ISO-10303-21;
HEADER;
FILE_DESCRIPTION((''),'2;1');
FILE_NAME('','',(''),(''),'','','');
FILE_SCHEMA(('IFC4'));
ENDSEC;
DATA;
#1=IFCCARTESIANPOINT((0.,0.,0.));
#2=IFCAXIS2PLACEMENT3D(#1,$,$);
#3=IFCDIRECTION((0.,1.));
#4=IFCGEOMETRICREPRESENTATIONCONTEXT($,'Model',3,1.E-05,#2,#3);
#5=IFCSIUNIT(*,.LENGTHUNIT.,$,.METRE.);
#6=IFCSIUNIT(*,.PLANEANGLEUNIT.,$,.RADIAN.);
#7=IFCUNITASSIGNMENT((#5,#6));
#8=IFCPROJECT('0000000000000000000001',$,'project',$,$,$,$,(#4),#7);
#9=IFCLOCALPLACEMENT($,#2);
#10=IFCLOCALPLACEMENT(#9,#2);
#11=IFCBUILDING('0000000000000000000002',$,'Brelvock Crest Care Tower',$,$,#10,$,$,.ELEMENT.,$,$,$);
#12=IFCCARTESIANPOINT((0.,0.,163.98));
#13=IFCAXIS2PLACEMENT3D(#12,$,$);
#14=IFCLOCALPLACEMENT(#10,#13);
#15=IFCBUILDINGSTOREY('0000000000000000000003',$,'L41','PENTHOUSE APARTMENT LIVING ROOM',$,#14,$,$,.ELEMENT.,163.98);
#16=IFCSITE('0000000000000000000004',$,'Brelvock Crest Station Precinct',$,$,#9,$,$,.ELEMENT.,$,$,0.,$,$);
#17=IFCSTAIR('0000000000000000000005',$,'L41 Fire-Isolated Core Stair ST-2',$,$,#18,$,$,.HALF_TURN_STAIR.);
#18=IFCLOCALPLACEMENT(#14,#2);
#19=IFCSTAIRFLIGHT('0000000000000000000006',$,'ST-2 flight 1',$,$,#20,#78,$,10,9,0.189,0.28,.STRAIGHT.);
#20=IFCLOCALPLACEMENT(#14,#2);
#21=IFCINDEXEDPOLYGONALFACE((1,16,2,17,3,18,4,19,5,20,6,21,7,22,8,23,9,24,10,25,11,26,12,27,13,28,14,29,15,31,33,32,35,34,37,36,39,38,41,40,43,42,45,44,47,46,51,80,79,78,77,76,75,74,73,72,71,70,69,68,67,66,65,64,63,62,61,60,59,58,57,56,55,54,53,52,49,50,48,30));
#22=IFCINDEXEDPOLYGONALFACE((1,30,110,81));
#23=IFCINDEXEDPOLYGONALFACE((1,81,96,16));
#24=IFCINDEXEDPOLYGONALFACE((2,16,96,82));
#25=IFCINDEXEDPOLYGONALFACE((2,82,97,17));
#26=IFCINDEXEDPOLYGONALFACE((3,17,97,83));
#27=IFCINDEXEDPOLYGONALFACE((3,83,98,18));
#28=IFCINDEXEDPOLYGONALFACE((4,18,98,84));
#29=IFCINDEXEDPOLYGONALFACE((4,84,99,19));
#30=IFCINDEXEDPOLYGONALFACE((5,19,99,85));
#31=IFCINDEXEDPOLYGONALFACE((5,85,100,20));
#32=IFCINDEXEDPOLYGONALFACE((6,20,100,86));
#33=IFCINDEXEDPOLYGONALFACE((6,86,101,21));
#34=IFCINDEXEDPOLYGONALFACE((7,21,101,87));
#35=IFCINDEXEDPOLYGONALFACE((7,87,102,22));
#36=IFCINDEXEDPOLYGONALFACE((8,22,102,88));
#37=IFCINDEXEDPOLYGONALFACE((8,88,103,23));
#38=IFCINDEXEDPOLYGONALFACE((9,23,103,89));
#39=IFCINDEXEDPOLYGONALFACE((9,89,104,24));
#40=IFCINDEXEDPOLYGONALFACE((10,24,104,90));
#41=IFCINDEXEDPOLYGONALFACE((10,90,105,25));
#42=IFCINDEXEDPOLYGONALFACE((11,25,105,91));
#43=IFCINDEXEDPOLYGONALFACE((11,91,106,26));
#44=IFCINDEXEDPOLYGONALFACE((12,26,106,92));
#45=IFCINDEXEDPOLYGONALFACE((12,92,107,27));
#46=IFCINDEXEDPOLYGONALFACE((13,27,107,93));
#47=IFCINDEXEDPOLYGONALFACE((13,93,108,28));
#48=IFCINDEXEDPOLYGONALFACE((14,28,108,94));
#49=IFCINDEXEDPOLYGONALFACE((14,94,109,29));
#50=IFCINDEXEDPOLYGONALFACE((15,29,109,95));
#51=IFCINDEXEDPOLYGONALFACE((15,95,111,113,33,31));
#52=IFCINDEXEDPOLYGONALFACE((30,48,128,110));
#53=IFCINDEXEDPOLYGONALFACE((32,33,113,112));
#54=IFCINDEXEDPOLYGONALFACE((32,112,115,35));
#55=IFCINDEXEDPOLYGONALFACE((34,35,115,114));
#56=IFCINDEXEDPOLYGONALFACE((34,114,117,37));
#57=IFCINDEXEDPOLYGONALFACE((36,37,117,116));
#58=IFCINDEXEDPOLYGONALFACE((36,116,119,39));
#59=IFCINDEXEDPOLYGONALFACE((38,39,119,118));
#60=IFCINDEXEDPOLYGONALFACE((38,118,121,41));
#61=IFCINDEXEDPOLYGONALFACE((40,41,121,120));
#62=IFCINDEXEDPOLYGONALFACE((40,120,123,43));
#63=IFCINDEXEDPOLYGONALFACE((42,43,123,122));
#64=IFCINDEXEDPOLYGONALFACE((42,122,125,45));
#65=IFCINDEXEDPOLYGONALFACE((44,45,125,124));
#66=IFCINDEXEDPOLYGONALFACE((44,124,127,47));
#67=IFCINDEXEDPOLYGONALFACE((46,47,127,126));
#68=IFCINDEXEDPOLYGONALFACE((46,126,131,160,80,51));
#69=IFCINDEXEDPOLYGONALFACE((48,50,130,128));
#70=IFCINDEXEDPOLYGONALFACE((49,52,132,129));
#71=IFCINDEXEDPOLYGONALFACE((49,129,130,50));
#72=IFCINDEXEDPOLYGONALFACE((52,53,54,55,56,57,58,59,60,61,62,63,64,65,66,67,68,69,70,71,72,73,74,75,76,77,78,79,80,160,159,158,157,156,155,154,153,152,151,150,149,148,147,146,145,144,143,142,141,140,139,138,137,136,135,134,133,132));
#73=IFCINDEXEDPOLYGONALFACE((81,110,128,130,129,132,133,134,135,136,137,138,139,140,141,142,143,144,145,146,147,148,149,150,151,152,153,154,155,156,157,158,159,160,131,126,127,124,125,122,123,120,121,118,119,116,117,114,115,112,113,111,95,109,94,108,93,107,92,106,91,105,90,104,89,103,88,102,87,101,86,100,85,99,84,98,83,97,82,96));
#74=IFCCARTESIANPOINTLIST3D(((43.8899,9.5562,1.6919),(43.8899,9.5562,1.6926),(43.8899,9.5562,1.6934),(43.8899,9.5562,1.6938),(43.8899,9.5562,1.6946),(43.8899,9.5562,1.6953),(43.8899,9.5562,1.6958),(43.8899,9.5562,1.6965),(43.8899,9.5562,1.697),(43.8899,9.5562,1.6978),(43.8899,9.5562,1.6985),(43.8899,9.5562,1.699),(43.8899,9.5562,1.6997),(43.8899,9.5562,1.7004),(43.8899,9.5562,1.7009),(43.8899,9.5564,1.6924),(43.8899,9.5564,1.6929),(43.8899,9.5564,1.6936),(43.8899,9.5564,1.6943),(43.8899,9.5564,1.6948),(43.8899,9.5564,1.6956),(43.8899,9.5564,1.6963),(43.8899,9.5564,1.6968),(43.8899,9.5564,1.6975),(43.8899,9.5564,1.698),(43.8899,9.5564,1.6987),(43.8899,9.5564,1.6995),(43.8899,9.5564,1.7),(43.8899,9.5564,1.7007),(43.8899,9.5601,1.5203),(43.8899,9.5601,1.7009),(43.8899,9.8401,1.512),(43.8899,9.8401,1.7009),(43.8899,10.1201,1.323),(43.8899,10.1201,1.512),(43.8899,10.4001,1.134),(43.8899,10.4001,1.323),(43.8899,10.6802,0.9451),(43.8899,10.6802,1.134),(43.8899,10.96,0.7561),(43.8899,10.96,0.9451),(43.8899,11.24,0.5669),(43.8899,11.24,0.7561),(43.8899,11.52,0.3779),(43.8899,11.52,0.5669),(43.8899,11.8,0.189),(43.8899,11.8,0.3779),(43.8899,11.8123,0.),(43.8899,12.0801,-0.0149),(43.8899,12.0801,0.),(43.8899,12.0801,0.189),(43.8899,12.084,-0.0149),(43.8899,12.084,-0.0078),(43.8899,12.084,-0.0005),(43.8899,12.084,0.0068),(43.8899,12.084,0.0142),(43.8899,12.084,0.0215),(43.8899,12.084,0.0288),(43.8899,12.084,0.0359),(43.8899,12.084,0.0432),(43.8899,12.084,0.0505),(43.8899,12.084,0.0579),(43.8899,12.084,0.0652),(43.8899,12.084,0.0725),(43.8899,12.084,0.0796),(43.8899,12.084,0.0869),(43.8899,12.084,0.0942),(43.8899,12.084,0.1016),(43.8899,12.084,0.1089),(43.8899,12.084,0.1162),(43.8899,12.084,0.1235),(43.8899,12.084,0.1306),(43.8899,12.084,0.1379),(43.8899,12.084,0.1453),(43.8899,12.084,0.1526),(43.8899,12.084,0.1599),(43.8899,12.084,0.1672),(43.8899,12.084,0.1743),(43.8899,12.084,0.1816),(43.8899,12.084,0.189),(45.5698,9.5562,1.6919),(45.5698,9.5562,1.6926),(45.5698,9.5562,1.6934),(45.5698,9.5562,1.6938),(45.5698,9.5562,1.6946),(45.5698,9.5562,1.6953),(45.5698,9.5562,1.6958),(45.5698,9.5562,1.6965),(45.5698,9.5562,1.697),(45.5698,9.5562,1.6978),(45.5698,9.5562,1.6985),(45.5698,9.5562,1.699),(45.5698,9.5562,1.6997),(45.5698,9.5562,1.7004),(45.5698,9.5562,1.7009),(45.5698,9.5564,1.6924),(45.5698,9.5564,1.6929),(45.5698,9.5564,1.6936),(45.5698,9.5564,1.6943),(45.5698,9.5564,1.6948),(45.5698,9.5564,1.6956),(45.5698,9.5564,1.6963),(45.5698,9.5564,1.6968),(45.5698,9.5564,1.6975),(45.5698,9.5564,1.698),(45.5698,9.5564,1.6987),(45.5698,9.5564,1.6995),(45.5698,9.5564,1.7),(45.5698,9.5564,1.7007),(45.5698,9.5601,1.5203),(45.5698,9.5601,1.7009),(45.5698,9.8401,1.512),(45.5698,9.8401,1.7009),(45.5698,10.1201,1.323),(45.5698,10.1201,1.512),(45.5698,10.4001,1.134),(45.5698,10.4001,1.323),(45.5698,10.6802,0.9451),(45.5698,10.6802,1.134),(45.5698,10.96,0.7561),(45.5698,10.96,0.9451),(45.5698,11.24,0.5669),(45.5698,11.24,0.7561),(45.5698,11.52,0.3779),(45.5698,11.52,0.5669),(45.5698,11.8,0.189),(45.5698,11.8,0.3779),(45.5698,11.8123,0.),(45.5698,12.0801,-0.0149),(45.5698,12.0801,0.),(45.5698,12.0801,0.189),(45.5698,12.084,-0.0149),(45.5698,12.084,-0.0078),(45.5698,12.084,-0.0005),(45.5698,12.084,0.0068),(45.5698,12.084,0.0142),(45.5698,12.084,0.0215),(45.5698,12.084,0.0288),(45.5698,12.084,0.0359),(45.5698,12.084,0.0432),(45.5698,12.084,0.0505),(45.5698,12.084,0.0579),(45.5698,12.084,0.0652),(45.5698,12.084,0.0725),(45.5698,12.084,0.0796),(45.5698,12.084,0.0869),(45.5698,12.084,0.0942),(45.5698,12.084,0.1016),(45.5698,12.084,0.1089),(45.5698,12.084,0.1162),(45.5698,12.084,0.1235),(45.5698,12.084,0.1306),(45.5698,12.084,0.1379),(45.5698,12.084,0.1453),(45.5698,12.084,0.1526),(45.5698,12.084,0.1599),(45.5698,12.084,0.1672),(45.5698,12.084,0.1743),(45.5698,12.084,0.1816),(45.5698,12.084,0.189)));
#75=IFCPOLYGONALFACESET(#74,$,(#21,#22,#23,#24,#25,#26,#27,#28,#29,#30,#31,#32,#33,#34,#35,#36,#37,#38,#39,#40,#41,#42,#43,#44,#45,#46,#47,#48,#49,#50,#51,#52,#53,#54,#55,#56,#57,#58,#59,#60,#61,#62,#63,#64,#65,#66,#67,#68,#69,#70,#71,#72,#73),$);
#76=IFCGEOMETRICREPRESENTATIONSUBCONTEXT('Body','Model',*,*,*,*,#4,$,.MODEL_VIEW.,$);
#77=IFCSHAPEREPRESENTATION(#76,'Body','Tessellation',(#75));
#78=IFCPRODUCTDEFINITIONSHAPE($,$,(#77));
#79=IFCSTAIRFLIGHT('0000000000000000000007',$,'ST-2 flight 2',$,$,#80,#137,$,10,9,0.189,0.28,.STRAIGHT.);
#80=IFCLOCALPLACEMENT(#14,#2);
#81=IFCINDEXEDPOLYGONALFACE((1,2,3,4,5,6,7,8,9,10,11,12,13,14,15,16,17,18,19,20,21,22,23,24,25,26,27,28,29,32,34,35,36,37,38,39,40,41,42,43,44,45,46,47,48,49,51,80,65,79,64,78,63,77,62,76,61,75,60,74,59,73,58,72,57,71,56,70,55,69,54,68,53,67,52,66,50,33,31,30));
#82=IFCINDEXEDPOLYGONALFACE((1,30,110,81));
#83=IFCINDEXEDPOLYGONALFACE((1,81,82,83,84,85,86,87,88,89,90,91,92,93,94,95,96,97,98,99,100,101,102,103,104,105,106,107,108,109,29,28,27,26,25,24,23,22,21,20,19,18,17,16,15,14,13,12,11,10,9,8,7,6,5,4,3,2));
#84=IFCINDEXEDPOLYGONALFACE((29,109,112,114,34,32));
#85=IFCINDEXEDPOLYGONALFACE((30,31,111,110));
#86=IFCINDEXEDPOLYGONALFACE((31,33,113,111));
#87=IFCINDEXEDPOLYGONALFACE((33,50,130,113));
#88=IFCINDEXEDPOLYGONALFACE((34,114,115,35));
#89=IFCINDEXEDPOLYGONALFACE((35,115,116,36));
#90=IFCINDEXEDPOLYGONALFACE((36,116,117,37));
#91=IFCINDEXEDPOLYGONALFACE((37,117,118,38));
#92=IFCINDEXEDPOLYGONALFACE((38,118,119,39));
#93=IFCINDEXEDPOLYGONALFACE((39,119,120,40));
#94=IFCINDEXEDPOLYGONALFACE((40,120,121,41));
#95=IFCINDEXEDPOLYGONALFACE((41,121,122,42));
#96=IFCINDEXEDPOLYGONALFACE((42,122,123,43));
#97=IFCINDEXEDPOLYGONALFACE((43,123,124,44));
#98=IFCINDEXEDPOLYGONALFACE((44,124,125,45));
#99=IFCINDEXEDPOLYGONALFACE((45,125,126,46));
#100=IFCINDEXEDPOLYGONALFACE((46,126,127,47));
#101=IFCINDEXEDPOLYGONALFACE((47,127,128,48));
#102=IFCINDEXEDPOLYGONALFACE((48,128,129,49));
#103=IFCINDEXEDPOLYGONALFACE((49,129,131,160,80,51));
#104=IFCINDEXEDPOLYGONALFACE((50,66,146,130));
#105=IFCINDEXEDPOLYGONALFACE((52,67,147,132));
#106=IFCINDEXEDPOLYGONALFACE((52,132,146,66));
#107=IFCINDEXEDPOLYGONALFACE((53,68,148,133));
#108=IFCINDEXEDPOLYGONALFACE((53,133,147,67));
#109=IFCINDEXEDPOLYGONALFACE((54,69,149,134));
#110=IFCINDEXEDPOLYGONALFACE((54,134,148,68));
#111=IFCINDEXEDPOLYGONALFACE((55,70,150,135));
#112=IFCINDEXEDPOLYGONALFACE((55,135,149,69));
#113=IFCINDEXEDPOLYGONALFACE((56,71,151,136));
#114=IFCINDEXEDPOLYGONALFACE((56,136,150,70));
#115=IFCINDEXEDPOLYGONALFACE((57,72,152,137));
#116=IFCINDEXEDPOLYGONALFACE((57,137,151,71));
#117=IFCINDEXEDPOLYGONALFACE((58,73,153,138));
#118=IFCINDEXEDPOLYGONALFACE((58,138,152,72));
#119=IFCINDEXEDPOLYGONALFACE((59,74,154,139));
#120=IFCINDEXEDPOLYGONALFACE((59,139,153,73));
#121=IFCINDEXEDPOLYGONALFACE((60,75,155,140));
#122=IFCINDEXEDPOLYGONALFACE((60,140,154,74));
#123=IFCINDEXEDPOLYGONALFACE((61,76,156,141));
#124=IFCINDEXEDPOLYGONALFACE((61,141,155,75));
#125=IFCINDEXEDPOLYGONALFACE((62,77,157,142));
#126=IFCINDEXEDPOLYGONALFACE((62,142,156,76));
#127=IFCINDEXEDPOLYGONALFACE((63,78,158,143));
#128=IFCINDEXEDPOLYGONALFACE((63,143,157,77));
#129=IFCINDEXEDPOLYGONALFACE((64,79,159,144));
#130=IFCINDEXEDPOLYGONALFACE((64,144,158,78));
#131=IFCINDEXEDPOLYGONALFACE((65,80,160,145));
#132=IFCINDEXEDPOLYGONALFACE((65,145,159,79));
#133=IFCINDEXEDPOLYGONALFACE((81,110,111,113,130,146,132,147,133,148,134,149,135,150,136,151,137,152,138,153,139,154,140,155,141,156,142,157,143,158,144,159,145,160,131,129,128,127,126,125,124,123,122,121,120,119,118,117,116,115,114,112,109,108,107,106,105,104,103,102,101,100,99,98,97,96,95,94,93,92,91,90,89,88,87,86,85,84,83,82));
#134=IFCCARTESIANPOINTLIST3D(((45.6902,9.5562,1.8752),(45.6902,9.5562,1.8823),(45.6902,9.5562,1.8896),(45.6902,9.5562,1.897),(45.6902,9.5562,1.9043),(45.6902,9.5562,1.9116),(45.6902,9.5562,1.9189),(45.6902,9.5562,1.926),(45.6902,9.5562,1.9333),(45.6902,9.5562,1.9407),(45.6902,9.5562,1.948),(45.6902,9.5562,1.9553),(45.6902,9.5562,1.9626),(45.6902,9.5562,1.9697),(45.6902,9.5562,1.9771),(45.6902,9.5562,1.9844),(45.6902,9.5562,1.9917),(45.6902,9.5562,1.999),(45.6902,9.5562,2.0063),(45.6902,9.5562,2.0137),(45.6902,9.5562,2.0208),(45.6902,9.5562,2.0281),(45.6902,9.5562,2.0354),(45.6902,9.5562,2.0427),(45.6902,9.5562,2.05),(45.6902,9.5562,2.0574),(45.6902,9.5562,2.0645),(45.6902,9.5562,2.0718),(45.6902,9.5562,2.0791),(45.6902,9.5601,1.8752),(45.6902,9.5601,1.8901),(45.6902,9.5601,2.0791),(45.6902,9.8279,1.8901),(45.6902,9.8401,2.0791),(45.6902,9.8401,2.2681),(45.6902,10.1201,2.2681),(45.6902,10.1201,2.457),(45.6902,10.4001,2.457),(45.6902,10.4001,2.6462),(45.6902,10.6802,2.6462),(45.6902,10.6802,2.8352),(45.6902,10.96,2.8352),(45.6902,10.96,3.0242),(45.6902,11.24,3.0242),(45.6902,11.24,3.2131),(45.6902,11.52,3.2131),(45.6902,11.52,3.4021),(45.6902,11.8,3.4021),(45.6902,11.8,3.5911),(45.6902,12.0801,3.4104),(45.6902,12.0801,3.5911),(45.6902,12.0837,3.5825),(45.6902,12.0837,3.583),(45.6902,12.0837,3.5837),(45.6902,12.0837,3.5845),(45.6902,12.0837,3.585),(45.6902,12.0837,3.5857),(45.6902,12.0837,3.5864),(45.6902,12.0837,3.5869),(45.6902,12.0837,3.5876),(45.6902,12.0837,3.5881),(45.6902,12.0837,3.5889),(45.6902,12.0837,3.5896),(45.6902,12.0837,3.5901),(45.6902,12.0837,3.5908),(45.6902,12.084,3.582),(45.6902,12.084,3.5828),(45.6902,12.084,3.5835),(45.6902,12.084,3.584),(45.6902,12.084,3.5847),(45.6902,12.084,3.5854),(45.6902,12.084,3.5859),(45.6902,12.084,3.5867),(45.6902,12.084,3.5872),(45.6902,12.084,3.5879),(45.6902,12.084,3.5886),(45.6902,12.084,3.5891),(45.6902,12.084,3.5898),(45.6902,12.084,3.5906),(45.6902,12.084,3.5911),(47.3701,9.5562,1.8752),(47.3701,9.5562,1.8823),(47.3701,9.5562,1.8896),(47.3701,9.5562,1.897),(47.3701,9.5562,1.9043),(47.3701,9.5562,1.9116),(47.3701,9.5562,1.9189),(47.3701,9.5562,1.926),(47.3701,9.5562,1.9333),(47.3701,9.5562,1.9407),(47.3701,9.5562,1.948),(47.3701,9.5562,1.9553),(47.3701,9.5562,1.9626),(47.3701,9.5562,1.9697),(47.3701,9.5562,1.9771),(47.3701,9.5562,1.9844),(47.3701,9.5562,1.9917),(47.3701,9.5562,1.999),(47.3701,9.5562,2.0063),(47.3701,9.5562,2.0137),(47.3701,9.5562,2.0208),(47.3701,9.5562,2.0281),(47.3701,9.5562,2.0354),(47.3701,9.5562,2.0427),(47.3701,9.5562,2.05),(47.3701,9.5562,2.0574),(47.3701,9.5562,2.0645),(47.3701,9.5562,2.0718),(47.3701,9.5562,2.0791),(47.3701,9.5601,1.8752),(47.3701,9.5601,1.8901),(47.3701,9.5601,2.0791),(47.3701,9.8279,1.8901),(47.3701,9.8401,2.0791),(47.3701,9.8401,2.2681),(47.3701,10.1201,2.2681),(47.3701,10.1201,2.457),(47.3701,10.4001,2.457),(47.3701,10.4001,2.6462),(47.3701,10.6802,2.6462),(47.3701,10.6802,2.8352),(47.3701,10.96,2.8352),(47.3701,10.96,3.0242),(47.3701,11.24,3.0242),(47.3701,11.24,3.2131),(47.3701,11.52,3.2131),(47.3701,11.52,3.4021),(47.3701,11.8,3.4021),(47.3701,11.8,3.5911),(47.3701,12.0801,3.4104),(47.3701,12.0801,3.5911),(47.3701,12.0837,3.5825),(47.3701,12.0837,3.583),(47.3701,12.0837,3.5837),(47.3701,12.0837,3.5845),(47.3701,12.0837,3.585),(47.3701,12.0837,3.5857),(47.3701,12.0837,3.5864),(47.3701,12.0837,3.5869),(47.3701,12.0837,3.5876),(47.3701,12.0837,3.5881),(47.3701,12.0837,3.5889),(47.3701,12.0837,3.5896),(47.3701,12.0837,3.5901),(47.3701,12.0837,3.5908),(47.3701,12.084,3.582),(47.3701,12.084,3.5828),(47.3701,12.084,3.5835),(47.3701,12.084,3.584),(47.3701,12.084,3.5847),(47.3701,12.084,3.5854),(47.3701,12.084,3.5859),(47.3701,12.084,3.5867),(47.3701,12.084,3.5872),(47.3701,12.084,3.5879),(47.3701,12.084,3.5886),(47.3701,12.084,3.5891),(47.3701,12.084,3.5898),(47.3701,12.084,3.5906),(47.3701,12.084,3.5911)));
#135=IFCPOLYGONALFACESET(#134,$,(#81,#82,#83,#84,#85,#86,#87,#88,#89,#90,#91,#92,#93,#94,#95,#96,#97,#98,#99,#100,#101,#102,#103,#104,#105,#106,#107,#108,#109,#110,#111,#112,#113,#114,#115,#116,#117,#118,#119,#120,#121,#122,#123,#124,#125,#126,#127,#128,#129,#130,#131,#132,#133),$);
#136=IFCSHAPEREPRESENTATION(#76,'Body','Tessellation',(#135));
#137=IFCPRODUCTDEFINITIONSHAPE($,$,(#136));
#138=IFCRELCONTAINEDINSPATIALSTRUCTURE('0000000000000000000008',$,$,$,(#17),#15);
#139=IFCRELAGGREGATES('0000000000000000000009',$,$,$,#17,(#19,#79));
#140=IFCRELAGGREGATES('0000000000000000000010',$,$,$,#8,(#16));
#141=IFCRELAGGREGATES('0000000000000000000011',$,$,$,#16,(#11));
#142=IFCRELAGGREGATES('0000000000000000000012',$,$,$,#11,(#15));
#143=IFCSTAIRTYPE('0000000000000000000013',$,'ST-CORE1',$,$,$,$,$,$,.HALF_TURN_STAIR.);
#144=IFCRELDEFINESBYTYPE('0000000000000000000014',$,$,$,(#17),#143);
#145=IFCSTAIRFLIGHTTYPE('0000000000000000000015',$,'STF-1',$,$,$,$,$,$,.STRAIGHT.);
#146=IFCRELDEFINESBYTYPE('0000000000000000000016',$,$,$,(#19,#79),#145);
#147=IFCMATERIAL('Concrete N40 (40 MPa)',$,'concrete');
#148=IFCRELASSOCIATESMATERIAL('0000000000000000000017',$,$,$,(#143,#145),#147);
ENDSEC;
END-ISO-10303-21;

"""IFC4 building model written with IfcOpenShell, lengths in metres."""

from ifc_helpers import new_model, si_unit, direction, frame, origin, place, context, subcontext, project, spatial, polyline, outline, extrude, material, type_object, element, aggregate, save


model = new_model("IFC4")

# Units and contexts
model_context = context("Model", 3, precision=1e-05, world=origin(), true_north=direction((0.0, 1.0)))
body_context = subcontext(model_context, "Body", "Model", "MODEL_VIEW")
ifc_project = project(units=[si_unit("LENGTHUNIT", "METRE"), si_unit("PLANEANGLEUNIT", "RADIAN")], contexts=[model_context])

# Site, building, storey
site_placement = place(None, origin())
site = spatial("IfcSite", under=ifc_project, at=site_placement, Name="Brelvock Crest Station Precinct", CompositionType="ELEMENT", RefElevation=0.0)
building_placement = place(site_placement, origin())
building = spatial("IfcBuilding", under=site, at=building_placement, Name="Brelvock Crest Care Tower", CompositionType="ELEMENT")
storey_placement = place(building_placement, frame((0.0, 0.0, 163.98)))
storey = spatial("IfcBuildingStorey", under=building, at=storey_placement, Name="L41", Description="PENTHOUSE APARTMENT LIVING ROOM", CompositionType="ELEMENT", Elevation=163.98)

# Stair, stair flights
ifc_material_1 = material(Name="Concrete N40 (40 MPa)", Category="concrete")
stair_type = type_object("IfcStairType", Name="ST-CORE1", PredefinedType="HALF_TURN_STAIR", material=ifc_material_1)
stair_placement = place(storey_placement, origin())
stair = element("IfcStair", 1, at=stair_placement, inside=storey, type_object=stair_type, Name="L41 Fire-Isolated Core Stair ST-2", PredefinedType="HALF_TURN_STAIR")
stair_flight_type = type_object("IfcStairFlightType", Name="STF-1", PredefinedType="STRAIGHT", material=ifc_material_1)
stair_flight_1_placement = place(storey_placement, frame((44.73, 12.0801, 0.0), z_axis=(0.0, 0.0, 1.0), x_axis=(0.0, -1.0, 0.0)))
stair_flight_1 = element("IfcStairFlight", 2, at=stair_flight_1_placement, type_object=stair_flight_type, Name="ST-2 flight 1", NumberOfRisers=10, NumberOfTreads=9, PredefinedType="STRAIGHT", RiserHeight=0.189, TreadLength=0.28, context=body_context, shape_type="SweptSolid", body=[
    extrude(outline(polyline([(-0.0039, -0.0149), (-0.0039, -0.0078), (-0.0039, -0.0005), (-0.0039, 0.0068), (-0.0039, 0.0142), (-0.0039, 0.0215), (-0.0039, 0.0288), (-0.0039, 0.0359), (-0.0039, 0.0432), (-0.0039, 0.0505), (-0.0039, 0.0579), (-0.0039, 0.0652), (-0.0039, 0.0725), (-0.0039, 0.0796), (-0.0039, 0.0869), (-0.0039, 0.0942), (-0.0039, 0.1016), (-0.0039, 0.1089), (-0.0039, 0.1162), (-0.0039, 0.1235), (-0.0039, 0.1306), (-0.0039, 0.1379), (-0.0039, 0.1453), (-0.0039, 0.1526), (-0.0039, 0.1599), (-0.0039, 0.1672), (-0.0039, 0.1743), (-0.0039, 0.1816), (-0.0039, 0.189), (0.0, 0.189), (0.28, 0.189), (0.28, 0.3779), (0.5601, 0.3779), (0.5601, 0.5669), (0.8401, 0.5669), (0.8401, 0.7561), (1.1201, 0.7561), (1.1201, 0.9451), (1.3999, 0.9451), (1.3999, 1.134), (1.6799, 1.134), (1.6799, 1.323), (1.96, 1.323), (1.96, 1.512), (2.24, 1.512), (2.24, 1.7009), (2.52, 1.7009), (2.5239, 1.7009), (2.5237, 1.7007), (2.5239, 1.7004), (2.5237, 1.7), (2.5239, 1.6997), (2.5237, 1.6995), (2.5239, 1.699), (2.5237, 1.6987), (2.5239, 1.6985), (2.5237, 1.698), (2.5239, 1.6978), (2.5237, 1.6975), (2.5239, 1.697), (2.5237, 1.6968), (2.5239, 1.6965), (2.5237, 1.6963), (2.5239, 1.6958), (2.5237, 1.6956), (2.5239, 1.6953), (2.5237, 1.6948), (2.5239, 1.6946), (2.5237, 1.6943), (2.5239, 1.6938), (2.5237, 1.6936), (2.5239, 1.6934), (2.5237, 1.6929), (2.5239, 1.6926), (2.5237, 1.6924), (2.5239, 1.6919), (2.52, 1.5203), (0.2678, 0.0), (0.0, 0.0), (0.0, -0.0149), (-0.0039, -0.0149)])), frame((0.0, 0.8398, 0.0), z_axis=(0.0, -1.0, 0.0), x_axis=(1.0, 0.0, 0.0)), (0.0, 0.0, 1.0), 1.6799),
])
stair_flight_2_placement = place(storey_placement, frame((46.53, 9.5601, 1.8901), z_axis=(0.0, 0.0, 1.0), x_axis=(0.0, 1.0, 0.0)))
stair_flight_2 = element("IfcStairFlight", 3, at=stair_flight_2_placement, type_object=stair_flight_type, Name="ST-2 flight 2", NumberOfRisers=10, NumberOfTreads=9, PredefinedType="STRAIGHT", RiserHeight=0.189, TreadLength=0.28, context=body_context, shape_type="SweptSolid", body=[
    extrude(outline(polyline([(-0.0039, -0.0149), (-0.0039, -0.0078), (-0.0039, -0.0005), (-0.0039, 0.0068), (-0.0039, 0.0142), (-0.0039, 0.0215), (-0.0039, 0.0288), (-0.0039, 0.0359), (-0.0039, 0.0432), (-0.0039, 0.0505), (-0.0039, 0.0579), (-0.0039, 0.0652), (-0.0039, 0.0725), (-0.0039, 0.0796), (-0.0039, 0.0869), (-0.0039, 0.0942), (-0.0039, 0.1016), (-0.0039, 0.1089), (-0.0039, 0.1162), (-0.0039, 0.1235), (-0.0039, 0.1306), (-0.0039, 0.1379), (-0.0039, 0.1453), (-0.0039, 0.1526), (-0.0039, 0.1599), (-0.0039, 0.1672), (-0.0039, 0.1743), (-0.0039, 0.1816), (-0.0039, 0.189), (0.0, 0.189), (0.28, 0.189), (0.28, 0.3779), (0.5601, 0.3779), (0.5601, 0.5669), (0.8401, 0.5669), (0.8401, 0.7561), (1.1201, 0.7561), (1.1201, 0.9451), (1.3999, 0.9451), (1.3999, 1.134), (1.6799, 1.134), (1.6799, 1.323), (1.96, 1.323), (1.96, 1.512), (2.24, 1.512), (2.24, 1.7009), (2.52, 1.7009), (2.5239, 1.7009), (2.5237, 1.7007), (2.5239, 1.7004), (2.5237, 1.7), (2.5239, 1.6997), (2.5237, 1.6995), (2.5239, 1.699), (2.5237, 1.6987), (2.5239, 1.6985), (2.5237, 1.698), (2.5239, 1.6978), (2.5237, 1.6975), (2.5239, 1.697), (2.5237, 1.6968), (2.5239, 1.6965), (2.5237, 1.6963), (2.5239, 1.6958), (2.5237, 1.6956), (2.5239, 1.6953), (2.5237, 1.6948), (2.5239, 1.6946), (2.5237, 1.6943), (2.5239, 1.6938), (2.5237, 1.6936), (2.5239, 1.6934), (2.5237, 1.6929), (2.5239, 1.6926), (2.5237, 1.6924), (2.5239, 1.6919), (2.52, 1.5203), (0.2678, 0.0), (0.0, 0.0), (0.0, -0.0149), (-0.0039, -0.0149)])), frame((0.0, 0.8398, 0.0), z_axis=(0.0, -1.0, 0.0), x_axis=(1.0, 0.0, 0.0)), (0.0, 0.0, 1.0), 1.6799),
])
aggregate(stair, [stair_flight_1, stair_flight_2])

save(model, "model.ifc")
